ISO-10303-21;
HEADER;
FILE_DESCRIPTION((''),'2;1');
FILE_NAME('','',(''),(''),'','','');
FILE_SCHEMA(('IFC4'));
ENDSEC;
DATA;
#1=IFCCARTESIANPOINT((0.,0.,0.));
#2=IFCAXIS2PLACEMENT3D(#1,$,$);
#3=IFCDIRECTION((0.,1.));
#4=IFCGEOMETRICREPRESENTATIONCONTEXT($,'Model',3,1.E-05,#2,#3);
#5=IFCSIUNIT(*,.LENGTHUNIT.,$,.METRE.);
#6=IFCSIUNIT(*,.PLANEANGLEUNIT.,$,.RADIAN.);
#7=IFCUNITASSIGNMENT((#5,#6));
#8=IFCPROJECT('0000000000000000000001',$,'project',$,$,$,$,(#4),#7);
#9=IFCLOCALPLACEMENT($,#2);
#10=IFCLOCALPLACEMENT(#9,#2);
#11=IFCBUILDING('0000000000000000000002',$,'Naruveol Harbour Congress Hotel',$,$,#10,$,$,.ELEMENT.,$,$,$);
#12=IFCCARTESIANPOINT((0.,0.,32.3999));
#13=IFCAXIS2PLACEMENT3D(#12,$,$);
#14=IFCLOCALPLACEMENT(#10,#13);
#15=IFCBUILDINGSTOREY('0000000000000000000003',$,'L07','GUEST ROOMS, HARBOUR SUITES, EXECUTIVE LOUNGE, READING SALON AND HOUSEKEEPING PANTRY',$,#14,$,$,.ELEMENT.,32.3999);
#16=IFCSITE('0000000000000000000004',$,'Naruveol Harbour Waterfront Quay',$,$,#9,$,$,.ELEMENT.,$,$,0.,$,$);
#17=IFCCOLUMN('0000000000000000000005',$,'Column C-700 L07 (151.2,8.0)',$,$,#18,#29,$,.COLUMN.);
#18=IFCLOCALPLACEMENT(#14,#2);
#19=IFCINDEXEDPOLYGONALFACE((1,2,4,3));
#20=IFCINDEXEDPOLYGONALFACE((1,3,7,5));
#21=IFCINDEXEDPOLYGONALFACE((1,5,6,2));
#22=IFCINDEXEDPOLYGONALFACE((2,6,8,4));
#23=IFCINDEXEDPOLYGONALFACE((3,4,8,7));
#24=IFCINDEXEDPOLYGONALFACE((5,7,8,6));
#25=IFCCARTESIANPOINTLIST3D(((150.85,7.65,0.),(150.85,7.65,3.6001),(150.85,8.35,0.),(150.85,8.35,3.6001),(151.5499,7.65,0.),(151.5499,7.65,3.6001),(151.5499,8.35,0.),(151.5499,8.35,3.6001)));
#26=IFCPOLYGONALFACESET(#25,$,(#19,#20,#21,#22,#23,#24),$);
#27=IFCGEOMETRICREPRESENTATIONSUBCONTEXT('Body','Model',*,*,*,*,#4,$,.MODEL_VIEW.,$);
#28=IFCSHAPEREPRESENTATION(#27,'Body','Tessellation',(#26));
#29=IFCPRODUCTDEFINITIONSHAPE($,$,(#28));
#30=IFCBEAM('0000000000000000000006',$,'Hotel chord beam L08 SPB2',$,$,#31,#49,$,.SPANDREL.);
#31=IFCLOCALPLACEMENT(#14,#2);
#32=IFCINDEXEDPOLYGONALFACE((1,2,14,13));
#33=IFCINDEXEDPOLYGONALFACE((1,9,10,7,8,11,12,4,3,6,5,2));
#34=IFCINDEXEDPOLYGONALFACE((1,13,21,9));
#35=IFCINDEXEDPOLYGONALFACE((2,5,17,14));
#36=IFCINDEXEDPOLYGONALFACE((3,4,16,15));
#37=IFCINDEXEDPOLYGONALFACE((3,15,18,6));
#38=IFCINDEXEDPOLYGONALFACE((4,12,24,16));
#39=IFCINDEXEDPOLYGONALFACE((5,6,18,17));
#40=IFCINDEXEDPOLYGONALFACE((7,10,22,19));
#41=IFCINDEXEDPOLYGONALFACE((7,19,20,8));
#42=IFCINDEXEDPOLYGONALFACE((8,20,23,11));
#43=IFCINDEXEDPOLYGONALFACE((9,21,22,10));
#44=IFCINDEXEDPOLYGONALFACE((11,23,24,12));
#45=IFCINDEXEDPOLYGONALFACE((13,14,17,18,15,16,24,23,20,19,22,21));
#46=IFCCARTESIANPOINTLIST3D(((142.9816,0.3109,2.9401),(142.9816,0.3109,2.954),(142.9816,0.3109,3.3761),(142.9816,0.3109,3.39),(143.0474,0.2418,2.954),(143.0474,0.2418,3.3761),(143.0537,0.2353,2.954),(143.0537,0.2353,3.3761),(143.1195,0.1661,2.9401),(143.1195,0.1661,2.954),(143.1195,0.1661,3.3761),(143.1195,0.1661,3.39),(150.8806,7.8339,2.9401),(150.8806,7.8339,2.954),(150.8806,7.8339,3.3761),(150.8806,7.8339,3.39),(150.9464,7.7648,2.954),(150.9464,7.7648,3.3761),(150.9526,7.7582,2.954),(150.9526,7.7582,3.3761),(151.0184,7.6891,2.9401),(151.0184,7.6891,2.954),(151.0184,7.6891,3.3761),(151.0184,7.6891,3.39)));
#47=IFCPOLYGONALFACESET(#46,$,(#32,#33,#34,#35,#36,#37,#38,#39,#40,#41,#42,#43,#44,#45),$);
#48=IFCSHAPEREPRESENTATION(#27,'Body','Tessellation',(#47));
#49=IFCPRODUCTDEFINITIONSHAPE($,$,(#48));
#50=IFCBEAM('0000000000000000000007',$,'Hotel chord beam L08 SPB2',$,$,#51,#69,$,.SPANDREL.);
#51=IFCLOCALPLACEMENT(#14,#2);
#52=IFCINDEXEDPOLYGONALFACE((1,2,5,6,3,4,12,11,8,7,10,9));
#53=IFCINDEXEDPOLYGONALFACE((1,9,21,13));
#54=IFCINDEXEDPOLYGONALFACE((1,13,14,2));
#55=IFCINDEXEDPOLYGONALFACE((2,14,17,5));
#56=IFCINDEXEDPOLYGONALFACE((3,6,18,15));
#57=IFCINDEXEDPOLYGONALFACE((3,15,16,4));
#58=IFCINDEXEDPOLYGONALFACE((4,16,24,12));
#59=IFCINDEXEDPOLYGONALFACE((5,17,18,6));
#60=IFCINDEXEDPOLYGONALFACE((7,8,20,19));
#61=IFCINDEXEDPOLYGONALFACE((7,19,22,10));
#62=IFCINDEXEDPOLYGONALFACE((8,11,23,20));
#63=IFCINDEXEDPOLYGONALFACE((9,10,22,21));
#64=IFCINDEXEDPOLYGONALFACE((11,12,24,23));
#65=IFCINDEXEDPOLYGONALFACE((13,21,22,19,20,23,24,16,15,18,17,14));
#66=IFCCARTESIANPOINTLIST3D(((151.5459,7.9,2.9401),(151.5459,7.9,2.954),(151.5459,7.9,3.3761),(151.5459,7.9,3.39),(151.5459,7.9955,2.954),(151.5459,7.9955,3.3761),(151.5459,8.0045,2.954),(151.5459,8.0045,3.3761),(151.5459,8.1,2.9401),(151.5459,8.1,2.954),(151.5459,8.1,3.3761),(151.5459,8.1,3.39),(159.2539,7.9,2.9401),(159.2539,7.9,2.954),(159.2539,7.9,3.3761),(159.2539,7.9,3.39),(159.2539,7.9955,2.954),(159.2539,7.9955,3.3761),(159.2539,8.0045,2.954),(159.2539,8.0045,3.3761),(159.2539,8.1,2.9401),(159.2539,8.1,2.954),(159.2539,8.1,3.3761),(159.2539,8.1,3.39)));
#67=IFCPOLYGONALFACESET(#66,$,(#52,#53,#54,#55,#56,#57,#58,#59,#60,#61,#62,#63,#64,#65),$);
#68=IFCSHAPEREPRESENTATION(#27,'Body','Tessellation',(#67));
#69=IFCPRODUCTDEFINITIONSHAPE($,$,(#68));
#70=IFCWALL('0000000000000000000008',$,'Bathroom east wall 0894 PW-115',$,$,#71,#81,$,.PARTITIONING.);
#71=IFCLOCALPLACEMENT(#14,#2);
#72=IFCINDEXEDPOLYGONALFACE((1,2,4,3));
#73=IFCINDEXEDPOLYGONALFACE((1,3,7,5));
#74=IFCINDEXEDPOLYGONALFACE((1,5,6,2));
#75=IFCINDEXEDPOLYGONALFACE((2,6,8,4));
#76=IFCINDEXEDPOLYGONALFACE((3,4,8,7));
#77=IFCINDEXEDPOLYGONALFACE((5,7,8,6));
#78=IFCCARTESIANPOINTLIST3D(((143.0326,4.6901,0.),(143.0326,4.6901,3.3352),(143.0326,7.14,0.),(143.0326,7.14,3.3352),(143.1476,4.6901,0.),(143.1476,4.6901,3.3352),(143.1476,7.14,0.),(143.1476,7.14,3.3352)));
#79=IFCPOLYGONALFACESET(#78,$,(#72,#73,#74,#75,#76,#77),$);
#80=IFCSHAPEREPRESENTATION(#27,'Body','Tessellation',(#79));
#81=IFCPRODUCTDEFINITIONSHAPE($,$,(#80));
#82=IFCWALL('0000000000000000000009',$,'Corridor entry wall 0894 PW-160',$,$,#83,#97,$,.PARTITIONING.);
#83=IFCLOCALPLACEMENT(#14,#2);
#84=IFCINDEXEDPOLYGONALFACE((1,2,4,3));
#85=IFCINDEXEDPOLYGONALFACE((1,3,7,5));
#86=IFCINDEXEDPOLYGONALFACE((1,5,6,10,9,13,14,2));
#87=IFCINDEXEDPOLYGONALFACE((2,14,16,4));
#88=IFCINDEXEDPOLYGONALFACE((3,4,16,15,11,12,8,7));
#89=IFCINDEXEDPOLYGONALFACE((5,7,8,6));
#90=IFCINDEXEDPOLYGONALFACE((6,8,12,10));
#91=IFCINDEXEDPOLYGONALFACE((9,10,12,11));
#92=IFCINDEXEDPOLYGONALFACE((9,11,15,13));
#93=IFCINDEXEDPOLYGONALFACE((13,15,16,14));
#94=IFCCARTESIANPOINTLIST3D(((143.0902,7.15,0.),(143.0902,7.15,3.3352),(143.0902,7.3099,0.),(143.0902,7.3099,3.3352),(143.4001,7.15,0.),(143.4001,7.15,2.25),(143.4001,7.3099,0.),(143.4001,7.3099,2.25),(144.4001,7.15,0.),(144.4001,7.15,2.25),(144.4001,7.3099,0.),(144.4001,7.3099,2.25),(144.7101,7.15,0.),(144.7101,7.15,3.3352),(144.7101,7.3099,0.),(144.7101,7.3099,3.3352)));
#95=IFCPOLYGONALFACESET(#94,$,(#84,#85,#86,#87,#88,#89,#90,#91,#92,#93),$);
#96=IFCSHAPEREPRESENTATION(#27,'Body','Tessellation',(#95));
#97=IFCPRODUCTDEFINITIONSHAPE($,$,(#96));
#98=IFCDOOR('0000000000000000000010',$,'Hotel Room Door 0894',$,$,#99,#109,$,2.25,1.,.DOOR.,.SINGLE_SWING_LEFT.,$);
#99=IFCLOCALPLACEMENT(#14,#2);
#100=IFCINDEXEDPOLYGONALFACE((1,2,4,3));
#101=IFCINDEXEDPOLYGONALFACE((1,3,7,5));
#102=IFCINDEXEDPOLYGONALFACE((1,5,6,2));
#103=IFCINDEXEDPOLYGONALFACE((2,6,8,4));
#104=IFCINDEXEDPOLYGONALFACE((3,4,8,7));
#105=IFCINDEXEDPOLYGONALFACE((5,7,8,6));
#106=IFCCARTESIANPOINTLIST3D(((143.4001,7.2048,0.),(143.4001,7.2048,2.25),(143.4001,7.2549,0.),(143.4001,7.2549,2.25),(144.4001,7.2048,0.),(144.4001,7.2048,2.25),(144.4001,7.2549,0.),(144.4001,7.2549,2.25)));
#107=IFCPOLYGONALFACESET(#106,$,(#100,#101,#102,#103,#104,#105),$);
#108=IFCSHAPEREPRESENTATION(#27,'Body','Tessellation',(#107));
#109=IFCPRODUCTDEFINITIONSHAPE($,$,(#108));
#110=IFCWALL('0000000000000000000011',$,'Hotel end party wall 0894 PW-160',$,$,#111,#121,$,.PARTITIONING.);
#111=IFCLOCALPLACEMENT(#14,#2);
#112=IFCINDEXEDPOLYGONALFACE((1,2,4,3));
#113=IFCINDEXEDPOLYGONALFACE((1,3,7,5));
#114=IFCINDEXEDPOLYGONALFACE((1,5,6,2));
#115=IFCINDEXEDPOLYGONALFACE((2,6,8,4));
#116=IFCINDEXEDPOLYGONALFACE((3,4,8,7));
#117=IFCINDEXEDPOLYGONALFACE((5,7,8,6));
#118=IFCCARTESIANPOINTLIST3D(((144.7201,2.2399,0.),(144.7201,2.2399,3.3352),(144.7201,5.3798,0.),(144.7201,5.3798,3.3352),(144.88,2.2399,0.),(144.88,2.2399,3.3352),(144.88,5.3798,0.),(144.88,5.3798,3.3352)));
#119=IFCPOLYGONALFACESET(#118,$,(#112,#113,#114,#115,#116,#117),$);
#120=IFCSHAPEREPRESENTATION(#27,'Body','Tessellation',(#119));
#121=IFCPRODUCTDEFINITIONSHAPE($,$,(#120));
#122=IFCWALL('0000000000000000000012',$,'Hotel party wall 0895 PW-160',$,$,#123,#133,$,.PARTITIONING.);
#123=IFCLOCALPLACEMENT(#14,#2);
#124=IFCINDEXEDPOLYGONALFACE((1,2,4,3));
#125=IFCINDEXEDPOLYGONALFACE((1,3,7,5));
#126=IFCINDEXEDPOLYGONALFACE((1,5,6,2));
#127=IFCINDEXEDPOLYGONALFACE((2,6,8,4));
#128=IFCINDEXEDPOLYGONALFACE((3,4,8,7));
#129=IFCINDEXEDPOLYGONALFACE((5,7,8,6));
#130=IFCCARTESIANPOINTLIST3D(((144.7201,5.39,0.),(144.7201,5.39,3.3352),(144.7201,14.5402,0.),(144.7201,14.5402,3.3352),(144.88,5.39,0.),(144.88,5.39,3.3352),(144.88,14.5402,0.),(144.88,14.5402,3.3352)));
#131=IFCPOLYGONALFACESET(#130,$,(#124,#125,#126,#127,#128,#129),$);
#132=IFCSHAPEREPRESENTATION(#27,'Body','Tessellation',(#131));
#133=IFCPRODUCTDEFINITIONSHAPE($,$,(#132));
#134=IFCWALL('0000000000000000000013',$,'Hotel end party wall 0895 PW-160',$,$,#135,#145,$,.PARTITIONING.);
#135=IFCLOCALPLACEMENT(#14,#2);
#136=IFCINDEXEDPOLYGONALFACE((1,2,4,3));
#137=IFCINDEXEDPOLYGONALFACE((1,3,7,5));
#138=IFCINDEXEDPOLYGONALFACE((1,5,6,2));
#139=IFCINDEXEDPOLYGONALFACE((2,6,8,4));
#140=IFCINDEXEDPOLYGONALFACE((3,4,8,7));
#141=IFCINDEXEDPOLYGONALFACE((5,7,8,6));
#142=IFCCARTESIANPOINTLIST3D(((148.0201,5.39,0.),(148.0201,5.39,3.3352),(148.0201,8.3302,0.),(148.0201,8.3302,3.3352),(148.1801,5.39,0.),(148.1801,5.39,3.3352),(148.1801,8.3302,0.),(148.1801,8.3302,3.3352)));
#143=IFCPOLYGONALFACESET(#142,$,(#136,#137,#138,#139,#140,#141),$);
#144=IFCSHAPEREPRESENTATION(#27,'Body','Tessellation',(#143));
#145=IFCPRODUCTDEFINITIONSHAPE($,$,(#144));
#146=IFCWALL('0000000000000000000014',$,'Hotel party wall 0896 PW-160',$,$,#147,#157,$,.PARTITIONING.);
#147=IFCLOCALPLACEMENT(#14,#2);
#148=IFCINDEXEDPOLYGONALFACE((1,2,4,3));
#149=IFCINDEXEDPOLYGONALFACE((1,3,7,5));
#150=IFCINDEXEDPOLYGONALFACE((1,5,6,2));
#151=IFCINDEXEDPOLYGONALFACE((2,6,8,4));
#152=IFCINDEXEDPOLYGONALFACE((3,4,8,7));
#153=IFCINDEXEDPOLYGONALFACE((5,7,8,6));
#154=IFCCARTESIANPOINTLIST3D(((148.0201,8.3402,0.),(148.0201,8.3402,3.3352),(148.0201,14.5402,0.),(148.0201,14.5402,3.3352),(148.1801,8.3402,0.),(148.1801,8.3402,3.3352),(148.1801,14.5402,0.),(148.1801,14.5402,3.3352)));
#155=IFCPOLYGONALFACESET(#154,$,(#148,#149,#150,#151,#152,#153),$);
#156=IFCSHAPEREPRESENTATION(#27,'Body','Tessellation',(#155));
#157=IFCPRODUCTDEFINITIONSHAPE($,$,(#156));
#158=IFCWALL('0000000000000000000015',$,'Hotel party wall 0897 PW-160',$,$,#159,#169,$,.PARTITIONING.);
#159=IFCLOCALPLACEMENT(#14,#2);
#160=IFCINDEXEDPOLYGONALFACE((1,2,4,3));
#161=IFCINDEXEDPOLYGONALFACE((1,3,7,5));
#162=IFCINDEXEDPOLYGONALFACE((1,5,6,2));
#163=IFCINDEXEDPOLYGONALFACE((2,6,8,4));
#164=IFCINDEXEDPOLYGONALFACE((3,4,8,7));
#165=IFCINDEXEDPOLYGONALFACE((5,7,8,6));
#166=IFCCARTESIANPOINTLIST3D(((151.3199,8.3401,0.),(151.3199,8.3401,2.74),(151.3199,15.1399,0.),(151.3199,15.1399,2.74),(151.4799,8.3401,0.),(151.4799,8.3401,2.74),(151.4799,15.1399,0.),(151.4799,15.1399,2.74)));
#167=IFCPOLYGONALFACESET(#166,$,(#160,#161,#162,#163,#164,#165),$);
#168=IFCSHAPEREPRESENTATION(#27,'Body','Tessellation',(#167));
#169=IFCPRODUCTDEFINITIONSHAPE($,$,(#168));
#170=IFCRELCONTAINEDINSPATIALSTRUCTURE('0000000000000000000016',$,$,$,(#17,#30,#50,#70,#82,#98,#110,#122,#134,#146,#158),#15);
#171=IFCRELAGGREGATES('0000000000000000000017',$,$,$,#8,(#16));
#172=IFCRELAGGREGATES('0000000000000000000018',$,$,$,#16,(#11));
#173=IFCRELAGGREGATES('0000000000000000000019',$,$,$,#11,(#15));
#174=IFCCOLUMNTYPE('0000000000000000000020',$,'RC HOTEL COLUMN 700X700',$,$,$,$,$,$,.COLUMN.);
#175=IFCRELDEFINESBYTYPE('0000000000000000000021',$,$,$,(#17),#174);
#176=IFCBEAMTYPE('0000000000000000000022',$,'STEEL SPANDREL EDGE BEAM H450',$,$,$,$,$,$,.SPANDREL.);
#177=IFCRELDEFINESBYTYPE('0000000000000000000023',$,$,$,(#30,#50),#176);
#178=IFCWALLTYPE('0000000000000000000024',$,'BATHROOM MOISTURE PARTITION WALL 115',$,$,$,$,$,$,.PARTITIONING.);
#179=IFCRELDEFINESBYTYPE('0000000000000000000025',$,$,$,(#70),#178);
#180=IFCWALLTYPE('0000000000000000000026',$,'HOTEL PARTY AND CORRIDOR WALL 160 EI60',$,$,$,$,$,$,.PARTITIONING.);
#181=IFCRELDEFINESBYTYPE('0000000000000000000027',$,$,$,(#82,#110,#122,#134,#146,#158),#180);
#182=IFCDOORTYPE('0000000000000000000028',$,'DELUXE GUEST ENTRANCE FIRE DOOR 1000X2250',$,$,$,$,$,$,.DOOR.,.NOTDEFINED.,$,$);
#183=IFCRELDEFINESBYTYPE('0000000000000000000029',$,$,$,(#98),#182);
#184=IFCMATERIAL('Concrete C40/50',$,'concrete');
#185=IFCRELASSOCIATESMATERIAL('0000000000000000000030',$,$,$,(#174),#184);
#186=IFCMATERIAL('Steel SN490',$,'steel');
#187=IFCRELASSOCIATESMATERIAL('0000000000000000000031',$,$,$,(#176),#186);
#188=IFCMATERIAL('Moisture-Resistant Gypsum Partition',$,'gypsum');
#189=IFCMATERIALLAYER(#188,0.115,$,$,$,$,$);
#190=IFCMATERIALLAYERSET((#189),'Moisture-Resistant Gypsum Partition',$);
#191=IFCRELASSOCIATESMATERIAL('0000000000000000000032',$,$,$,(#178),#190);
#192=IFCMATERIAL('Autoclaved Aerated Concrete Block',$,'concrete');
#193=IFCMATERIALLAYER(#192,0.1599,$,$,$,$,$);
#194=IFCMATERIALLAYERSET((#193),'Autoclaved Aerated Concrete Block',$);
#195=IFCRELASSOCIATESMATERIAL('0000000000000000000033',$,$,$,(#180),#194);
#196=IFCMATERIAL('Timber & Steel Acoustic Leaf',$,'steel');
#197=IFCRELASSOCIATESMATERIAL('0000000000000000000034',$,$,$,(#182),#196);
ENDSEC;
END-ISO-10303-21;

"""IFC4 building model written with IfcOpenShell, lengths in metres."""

from ifc_helpers import new_model, si_unit, direction, frame, frame_2d, origin, origin_2d, place, context, subcontext, project, spatial, rectangle, i_section, extrude, material, layer, layer_set, material_profile, profile_set, type_object, element, fill, save


model = new_model("IFC4")

# Units and contexts
model_context = context("Model", 3, precision=1e-05, world=origin(), true_north=direction((0.0, 1.0)))
body_context = subcontext(model_context, "Body", "Model", "MODEL_VIEW")
ifc_project = project(units=[si_unit("LENGTHUNIT", "METRE"), si_unit("PLANEANGLEUNIT", "RADIAN")], contexts=[model_context])

# Site, building, storey
site_placement = place(None, origin())
site = spatial("IfcSite", under=ifc_project, at=site_placement, Name="Naruveol Harbour Waterfront Quay", CompositionType="ELEMENT", RefElevation=0.0)
building_placement = place(site_placement, origin())
building = spatial("IfcBuilding", under=site, at=building_placement, Name="Naruveol Harbour Congress Hotel", CompositionType="ELEMENT")
storey_placement = place(building_placement, frame((0.0, 0.0, 32.3999)))
storey = spatial("IfcBuildingStorey", under=building, at=storey_placement, Name="L07", Description="GUEST ROOMS, HARBOUR SUITES, EXECUTIVE LOUNGE, READING SALON AND HOUSEKEEPING PANTRY", CompositionType="ELEMENT", Elevation=32.3999)

# Column
ifc_material_1 = material(Name="Concrete C40/50", Category="concrete")
ifc_material_profile_1 = material_profile(ifc_material_1, rectangle(XDim=0.7, YDim=0.7, at=origin_2d()), Name="RC-700x700")
ifc_profile_set_1 = profile_set([ifc_material_profile_1], Name="Concrete C40/50")
column_type = type_object("IfcColumnType", Name="RC HOTEL COLUMN 700X700", PredefinedType="COLUMN", material=ifc_profile_set_1)
column_placement = place(storey_placement, frame((151.2, 8.0, 0.0), z_axis=(0.0, 0.0, 1.0), x_axis=(1.0, 0.0, 0.0)))
element("IfcColumn", 1, at=column_placement, inside=storey, type_object=column_type, Name="Column C-700 L07 (151.2,8.0)", PredefinedType="COLUMN", context=body_context, shape_type="SweptSolid", body=[
    extrude(rectangle(XDim=0.7, YDim=0.7, at=origin_2d()), origin(), (0.0, 0.0, 1.0), 3.6001),
])

# Beams
ifc_material_2 = material(Name="Steel SN490", Category="steel")
ifc_material_profile_2 = material_profile(ifc_material_2, i_section(OverallWidth=0.2, OverallDepth=0.45, WebThickness=0.009, FlangeThickness=0.0139, at=origin_2d()), Name="H-450x200x9x14")
ifc_profile_set_2 = profile_set([ifc_material_profile_2], Name="Steel SN490")
beam_type = type_object("IfcBeamType", Name="STEEL SPANDREL EDGE BEAM H450", PredefinedType="SPANDREL", material=ifc_profile_set_2)
beam_1_placement = place(storey_placement, frame((143.0505, 0.2385, 3.165), z_axis=(0.72413, 0.689663, 0.0), x_axis=(-0.689663, 0.72413, 0.0)))
element("IfcBeam", 2, at=beam_1_placement, inside=storey, type_object=beam_type, Name="Hotel chord beam L08 SPB2", PredefinedType="SPANDREL", context=body_context, shape_type="SweptSolid", body=[
    extrude(i_section(OverallWidth=0.2, OverallDepth=0.45, WebThickness=0.009, FlangeThickness=0.0139, at=origin_2d()), origin(), (0.0, 0.0, 1.0), 10.9082),
])
beam_2_placement = place(storey_placement, frame((151.5459, 8.0, 3.165), z_axis=(1.0, 0.0, 0.0), x_axis=(0.0, 1.0, 0.0)))
element("IfcBeam", 3, at=beam_2_placement, inside=storey, type_object=beam_type, Name="Hotel chord beam L08 SPB2", PredefinedType="SPANDREL", context=body_context, shape_type="SweptSolid", body=[
    extrude(i_section(OverallWidth=0.2, OverallDepth=0.45, WebThickness=0.009, FlangeThickness=0.0139, at=origin_2d()), origin(), (0.0, 0.0, 1.0), 7.708),
])

# Wall
ifc_material_3 = material(Name="Moisture-Resistant Gypsum Partition", Category="gypsum")
ifc_layer_1 = layer(ifc_material_3, 0.115)
ifc_layer_set_1 = layer_set([ifc_layer_1], Name="Moisture-Resistant Gypsum Partition")
wall_type_1 = type_object("IfcWallType", Name="BATHROOM MOISTURE PARTITION WALL 115", PredefinedType="PARTITIONING", material=ifc_layer_set_1)
wall_1_placement = place(storey_placement, frame((143.0901, 4.6899, 0.0), z_axis=(0.0, 0.0, 1.0), x_axis=(0.0, 1.0, 0.0)))
element("IfcWall", 4, at=wall_1_placement, inside=storey, type_object=wall_type_1, Name="Bathroom east wall 0894 PW-115", PredefinedType="PARTITIONING", context=body_context, shape_type="SweptSolid", body=[
    extrude(rectangle(XDim=2.45, YDim=0.115, at=frame_2d((1.2251, 0.0))), origin(), (0.0, 0.0, 1.0), 3.3352),
])

# Wall, opening, door
ifc_material_4 = material(Name="Autoclaved Aerated Concrete Block", Category="concrete")
ifc_layer_2 = layer(ifc_material_4, 0.1599)
ifc_layer_set_2 = layer_set([ifc_layer_2], Name="Autoclaved Aerated Concrete Block")
wall_type_2 = type_object("IfcWallType", Name="HOTEL PARTY AND CORRIDOR WALL 160 EI60", PredefinedType="PARTITIONING", material=ifc_layer_set_2)
wall_2_placement = place(storey_placement, frame((143.0901, 7.23, 0.0), z_axis=(0.0, 0.0, 1.0), x_axis=(1.0, 0.0, 0.0)))
wall_2 = element("IfcWall", 5, at=wall_2_placement, inside=storey, type_object=wall_type_2, Name="Corridor entry wall 0894 PW-160", PredefinedType="PARTITIONING", context=body_context, shape_type="SweptSolid", body=[
    extrude(rectangle(XDim=1.6199, YDim=0.1599, at=frame_2d((0.8101, 0.0))), origin(), (0.0, 0.0, 1.0), 3.3352),
])
opening_1_placement = place(wall_2_placement, frame((0.3101, 0.0, 0.0)))
opening_1 = element("IfcOpeningElement", 6, at=opening_1_placement, cuts=wall_2, PredefinedType="OPENING", context=body_context, shape_type="SweptSolid", body=[
    extrude(rectangle(XDim=1.0, YDim=2.25, at=frame_2d((0.5, 1.125))), frame((0.0, 0.0898, 0.0), z_axis=(0.0, -1.0, 0.0), x_axis=(1.0, 0.0, 0.0)), (0.0, 0.0, 1.0), 0.1799),
])
ifc_material_5 = material(Name="Timber & Steel Acoustic Leaf", Category="steel")
door_type_1 = type_object("IfcDoorType", Name="DELUXE GUEST ENTRANCE FIRE DOOR 1000X2250", OperationType="NOTDEFINED", PredefinedType="DOOR", material=ifc_material_5)
door_1_placement = place(opening_1_placement, origin())
door_1 = element("IfcDoor", 7, at=door_1_placement, inside=storey, type_object=door_type_1, Name="Hotel Room Door 0894", OperationType="SINGLE_SWING_LEFT", OverallHeight=2.25, OverallWidth=1.0, PredefinedType="DOOR", context=body_context, shape_type="SweptSolid", body=[
    extrude(rectangle(XDim=1.0, YDim=2.25, at=frame_2d((0.5, 1.125))), frame((0.0, 0.0249, 0.0), z_axis=(0.0, -1.0, 0.0), x_axis=(1.0, 0.0, 0.0)), (0.0, 0.0, 1.0), 0.05),
])
fill(opening_1, door_1)

# Walls
wall_3_placement = place(storey_placement, frame((144.8, 2.24, 0.0), z_axis=(0.0, 0.0, 1.0), x_axis=(0.0, 1.0, 0.0)))
element("IfcWall", 8, at=wall_3_placement, inside=storey, type_object=wall_type_2, Name="Hotel end party wall 0894 PW-160", PredefinedType="PARTITIONING", context=body_context, shape_type="SweptSolid", body=[
    extrude(rectangle(XDim=3.1399, YDim=0.1599, at=frame_2d((1.5698, 0.0))), origin(), (0.0, 0.0, 1.0), 3.3352),
])
wall_4_placement = place(storey_placement, frame((144.8, 5.3899, 0.0), z_axis=(0.0, 0.0, 1.0), x_axis=(0.0, 1.0, 0.0)))
element("IfcWall", 9, at=wall_4_placement, inside=storey, type_object=wall_type_2, Name="Hotel party wall 0895 PW-160", PredefinedType="PARTITIONING", context=body_context, shape_type="SweptSolid", body=[
    extrude(rectangle(XDim=9.1501, YDim=0.1599, at=frame_2d((4.5752, 0.0))), origin(), (0.0, 0.0, 1.0), 3.3352),
])
wall_5_placement = place(storey_placement, frame((148.1001, 5.3899, 0.0), z_axis=(0.0, 0.0, 1.0), x_axis=(0.0, 1.0, 0.0)))
element("IfcWall", 10, at=wall_5_placement, inside=storey, type_object=wall_type_2, Name="Hotel end party wall 0895 PW-160", PredefinedType="PARTITIONING", context=body_context, shape_type="SweptSolid", body=[
    extrude(rectangle(XDim=2.9402, YDim=0.1599, at=frame_2d((1.4702, 0.0))), origin(), (0.0, 0.0, 1.0), 3.3352),
])
wall_6_placement = place(storey_placement, frame((148.1001, 8.3401, 0.0), z_axis=(0.0, 0.0, 1.0), x_axis=(0.0, 1.0, 0.0)))
element("IfcWall", 11, at=wall_6_placement, inside=storey, type_object=wall_type_2, Name="Hotel party wall 0896 PW-160", PredefinedType="PARTITIONING", context=body_context, shape_type="SweptSolid", body=[
    extrude(rectangle(XDim=6.2, YDim=0.1599, at=frame_2d((3.1001, 0.0))), origin(), (0.0, 0.0, 1.0), 3.3352),
])
wall_7_placement = place(storey_placement, frame((151.3999, 8.3401, 0.0), z_axis=(0.0, 0.0, 1.0), x_axis=(0.0, 1.0, 0.0)))
element("IfcWall", 12, at=wall_7_placement, inside=storey, type_object=wall_type_2, Name="Hotel party wall 0897 PW-160", PredefinedType="PARTITIONING", context=body_context, shape_type="SweptSolid", body=[
    extrude(rectangle(XDim=6.7998, YDim=0.1599, at=frame_2d((3.3999, 0.0))), origin(), (0.0, 0.0, 1.0), 2.74),
])

save(model, "model.ifc")
